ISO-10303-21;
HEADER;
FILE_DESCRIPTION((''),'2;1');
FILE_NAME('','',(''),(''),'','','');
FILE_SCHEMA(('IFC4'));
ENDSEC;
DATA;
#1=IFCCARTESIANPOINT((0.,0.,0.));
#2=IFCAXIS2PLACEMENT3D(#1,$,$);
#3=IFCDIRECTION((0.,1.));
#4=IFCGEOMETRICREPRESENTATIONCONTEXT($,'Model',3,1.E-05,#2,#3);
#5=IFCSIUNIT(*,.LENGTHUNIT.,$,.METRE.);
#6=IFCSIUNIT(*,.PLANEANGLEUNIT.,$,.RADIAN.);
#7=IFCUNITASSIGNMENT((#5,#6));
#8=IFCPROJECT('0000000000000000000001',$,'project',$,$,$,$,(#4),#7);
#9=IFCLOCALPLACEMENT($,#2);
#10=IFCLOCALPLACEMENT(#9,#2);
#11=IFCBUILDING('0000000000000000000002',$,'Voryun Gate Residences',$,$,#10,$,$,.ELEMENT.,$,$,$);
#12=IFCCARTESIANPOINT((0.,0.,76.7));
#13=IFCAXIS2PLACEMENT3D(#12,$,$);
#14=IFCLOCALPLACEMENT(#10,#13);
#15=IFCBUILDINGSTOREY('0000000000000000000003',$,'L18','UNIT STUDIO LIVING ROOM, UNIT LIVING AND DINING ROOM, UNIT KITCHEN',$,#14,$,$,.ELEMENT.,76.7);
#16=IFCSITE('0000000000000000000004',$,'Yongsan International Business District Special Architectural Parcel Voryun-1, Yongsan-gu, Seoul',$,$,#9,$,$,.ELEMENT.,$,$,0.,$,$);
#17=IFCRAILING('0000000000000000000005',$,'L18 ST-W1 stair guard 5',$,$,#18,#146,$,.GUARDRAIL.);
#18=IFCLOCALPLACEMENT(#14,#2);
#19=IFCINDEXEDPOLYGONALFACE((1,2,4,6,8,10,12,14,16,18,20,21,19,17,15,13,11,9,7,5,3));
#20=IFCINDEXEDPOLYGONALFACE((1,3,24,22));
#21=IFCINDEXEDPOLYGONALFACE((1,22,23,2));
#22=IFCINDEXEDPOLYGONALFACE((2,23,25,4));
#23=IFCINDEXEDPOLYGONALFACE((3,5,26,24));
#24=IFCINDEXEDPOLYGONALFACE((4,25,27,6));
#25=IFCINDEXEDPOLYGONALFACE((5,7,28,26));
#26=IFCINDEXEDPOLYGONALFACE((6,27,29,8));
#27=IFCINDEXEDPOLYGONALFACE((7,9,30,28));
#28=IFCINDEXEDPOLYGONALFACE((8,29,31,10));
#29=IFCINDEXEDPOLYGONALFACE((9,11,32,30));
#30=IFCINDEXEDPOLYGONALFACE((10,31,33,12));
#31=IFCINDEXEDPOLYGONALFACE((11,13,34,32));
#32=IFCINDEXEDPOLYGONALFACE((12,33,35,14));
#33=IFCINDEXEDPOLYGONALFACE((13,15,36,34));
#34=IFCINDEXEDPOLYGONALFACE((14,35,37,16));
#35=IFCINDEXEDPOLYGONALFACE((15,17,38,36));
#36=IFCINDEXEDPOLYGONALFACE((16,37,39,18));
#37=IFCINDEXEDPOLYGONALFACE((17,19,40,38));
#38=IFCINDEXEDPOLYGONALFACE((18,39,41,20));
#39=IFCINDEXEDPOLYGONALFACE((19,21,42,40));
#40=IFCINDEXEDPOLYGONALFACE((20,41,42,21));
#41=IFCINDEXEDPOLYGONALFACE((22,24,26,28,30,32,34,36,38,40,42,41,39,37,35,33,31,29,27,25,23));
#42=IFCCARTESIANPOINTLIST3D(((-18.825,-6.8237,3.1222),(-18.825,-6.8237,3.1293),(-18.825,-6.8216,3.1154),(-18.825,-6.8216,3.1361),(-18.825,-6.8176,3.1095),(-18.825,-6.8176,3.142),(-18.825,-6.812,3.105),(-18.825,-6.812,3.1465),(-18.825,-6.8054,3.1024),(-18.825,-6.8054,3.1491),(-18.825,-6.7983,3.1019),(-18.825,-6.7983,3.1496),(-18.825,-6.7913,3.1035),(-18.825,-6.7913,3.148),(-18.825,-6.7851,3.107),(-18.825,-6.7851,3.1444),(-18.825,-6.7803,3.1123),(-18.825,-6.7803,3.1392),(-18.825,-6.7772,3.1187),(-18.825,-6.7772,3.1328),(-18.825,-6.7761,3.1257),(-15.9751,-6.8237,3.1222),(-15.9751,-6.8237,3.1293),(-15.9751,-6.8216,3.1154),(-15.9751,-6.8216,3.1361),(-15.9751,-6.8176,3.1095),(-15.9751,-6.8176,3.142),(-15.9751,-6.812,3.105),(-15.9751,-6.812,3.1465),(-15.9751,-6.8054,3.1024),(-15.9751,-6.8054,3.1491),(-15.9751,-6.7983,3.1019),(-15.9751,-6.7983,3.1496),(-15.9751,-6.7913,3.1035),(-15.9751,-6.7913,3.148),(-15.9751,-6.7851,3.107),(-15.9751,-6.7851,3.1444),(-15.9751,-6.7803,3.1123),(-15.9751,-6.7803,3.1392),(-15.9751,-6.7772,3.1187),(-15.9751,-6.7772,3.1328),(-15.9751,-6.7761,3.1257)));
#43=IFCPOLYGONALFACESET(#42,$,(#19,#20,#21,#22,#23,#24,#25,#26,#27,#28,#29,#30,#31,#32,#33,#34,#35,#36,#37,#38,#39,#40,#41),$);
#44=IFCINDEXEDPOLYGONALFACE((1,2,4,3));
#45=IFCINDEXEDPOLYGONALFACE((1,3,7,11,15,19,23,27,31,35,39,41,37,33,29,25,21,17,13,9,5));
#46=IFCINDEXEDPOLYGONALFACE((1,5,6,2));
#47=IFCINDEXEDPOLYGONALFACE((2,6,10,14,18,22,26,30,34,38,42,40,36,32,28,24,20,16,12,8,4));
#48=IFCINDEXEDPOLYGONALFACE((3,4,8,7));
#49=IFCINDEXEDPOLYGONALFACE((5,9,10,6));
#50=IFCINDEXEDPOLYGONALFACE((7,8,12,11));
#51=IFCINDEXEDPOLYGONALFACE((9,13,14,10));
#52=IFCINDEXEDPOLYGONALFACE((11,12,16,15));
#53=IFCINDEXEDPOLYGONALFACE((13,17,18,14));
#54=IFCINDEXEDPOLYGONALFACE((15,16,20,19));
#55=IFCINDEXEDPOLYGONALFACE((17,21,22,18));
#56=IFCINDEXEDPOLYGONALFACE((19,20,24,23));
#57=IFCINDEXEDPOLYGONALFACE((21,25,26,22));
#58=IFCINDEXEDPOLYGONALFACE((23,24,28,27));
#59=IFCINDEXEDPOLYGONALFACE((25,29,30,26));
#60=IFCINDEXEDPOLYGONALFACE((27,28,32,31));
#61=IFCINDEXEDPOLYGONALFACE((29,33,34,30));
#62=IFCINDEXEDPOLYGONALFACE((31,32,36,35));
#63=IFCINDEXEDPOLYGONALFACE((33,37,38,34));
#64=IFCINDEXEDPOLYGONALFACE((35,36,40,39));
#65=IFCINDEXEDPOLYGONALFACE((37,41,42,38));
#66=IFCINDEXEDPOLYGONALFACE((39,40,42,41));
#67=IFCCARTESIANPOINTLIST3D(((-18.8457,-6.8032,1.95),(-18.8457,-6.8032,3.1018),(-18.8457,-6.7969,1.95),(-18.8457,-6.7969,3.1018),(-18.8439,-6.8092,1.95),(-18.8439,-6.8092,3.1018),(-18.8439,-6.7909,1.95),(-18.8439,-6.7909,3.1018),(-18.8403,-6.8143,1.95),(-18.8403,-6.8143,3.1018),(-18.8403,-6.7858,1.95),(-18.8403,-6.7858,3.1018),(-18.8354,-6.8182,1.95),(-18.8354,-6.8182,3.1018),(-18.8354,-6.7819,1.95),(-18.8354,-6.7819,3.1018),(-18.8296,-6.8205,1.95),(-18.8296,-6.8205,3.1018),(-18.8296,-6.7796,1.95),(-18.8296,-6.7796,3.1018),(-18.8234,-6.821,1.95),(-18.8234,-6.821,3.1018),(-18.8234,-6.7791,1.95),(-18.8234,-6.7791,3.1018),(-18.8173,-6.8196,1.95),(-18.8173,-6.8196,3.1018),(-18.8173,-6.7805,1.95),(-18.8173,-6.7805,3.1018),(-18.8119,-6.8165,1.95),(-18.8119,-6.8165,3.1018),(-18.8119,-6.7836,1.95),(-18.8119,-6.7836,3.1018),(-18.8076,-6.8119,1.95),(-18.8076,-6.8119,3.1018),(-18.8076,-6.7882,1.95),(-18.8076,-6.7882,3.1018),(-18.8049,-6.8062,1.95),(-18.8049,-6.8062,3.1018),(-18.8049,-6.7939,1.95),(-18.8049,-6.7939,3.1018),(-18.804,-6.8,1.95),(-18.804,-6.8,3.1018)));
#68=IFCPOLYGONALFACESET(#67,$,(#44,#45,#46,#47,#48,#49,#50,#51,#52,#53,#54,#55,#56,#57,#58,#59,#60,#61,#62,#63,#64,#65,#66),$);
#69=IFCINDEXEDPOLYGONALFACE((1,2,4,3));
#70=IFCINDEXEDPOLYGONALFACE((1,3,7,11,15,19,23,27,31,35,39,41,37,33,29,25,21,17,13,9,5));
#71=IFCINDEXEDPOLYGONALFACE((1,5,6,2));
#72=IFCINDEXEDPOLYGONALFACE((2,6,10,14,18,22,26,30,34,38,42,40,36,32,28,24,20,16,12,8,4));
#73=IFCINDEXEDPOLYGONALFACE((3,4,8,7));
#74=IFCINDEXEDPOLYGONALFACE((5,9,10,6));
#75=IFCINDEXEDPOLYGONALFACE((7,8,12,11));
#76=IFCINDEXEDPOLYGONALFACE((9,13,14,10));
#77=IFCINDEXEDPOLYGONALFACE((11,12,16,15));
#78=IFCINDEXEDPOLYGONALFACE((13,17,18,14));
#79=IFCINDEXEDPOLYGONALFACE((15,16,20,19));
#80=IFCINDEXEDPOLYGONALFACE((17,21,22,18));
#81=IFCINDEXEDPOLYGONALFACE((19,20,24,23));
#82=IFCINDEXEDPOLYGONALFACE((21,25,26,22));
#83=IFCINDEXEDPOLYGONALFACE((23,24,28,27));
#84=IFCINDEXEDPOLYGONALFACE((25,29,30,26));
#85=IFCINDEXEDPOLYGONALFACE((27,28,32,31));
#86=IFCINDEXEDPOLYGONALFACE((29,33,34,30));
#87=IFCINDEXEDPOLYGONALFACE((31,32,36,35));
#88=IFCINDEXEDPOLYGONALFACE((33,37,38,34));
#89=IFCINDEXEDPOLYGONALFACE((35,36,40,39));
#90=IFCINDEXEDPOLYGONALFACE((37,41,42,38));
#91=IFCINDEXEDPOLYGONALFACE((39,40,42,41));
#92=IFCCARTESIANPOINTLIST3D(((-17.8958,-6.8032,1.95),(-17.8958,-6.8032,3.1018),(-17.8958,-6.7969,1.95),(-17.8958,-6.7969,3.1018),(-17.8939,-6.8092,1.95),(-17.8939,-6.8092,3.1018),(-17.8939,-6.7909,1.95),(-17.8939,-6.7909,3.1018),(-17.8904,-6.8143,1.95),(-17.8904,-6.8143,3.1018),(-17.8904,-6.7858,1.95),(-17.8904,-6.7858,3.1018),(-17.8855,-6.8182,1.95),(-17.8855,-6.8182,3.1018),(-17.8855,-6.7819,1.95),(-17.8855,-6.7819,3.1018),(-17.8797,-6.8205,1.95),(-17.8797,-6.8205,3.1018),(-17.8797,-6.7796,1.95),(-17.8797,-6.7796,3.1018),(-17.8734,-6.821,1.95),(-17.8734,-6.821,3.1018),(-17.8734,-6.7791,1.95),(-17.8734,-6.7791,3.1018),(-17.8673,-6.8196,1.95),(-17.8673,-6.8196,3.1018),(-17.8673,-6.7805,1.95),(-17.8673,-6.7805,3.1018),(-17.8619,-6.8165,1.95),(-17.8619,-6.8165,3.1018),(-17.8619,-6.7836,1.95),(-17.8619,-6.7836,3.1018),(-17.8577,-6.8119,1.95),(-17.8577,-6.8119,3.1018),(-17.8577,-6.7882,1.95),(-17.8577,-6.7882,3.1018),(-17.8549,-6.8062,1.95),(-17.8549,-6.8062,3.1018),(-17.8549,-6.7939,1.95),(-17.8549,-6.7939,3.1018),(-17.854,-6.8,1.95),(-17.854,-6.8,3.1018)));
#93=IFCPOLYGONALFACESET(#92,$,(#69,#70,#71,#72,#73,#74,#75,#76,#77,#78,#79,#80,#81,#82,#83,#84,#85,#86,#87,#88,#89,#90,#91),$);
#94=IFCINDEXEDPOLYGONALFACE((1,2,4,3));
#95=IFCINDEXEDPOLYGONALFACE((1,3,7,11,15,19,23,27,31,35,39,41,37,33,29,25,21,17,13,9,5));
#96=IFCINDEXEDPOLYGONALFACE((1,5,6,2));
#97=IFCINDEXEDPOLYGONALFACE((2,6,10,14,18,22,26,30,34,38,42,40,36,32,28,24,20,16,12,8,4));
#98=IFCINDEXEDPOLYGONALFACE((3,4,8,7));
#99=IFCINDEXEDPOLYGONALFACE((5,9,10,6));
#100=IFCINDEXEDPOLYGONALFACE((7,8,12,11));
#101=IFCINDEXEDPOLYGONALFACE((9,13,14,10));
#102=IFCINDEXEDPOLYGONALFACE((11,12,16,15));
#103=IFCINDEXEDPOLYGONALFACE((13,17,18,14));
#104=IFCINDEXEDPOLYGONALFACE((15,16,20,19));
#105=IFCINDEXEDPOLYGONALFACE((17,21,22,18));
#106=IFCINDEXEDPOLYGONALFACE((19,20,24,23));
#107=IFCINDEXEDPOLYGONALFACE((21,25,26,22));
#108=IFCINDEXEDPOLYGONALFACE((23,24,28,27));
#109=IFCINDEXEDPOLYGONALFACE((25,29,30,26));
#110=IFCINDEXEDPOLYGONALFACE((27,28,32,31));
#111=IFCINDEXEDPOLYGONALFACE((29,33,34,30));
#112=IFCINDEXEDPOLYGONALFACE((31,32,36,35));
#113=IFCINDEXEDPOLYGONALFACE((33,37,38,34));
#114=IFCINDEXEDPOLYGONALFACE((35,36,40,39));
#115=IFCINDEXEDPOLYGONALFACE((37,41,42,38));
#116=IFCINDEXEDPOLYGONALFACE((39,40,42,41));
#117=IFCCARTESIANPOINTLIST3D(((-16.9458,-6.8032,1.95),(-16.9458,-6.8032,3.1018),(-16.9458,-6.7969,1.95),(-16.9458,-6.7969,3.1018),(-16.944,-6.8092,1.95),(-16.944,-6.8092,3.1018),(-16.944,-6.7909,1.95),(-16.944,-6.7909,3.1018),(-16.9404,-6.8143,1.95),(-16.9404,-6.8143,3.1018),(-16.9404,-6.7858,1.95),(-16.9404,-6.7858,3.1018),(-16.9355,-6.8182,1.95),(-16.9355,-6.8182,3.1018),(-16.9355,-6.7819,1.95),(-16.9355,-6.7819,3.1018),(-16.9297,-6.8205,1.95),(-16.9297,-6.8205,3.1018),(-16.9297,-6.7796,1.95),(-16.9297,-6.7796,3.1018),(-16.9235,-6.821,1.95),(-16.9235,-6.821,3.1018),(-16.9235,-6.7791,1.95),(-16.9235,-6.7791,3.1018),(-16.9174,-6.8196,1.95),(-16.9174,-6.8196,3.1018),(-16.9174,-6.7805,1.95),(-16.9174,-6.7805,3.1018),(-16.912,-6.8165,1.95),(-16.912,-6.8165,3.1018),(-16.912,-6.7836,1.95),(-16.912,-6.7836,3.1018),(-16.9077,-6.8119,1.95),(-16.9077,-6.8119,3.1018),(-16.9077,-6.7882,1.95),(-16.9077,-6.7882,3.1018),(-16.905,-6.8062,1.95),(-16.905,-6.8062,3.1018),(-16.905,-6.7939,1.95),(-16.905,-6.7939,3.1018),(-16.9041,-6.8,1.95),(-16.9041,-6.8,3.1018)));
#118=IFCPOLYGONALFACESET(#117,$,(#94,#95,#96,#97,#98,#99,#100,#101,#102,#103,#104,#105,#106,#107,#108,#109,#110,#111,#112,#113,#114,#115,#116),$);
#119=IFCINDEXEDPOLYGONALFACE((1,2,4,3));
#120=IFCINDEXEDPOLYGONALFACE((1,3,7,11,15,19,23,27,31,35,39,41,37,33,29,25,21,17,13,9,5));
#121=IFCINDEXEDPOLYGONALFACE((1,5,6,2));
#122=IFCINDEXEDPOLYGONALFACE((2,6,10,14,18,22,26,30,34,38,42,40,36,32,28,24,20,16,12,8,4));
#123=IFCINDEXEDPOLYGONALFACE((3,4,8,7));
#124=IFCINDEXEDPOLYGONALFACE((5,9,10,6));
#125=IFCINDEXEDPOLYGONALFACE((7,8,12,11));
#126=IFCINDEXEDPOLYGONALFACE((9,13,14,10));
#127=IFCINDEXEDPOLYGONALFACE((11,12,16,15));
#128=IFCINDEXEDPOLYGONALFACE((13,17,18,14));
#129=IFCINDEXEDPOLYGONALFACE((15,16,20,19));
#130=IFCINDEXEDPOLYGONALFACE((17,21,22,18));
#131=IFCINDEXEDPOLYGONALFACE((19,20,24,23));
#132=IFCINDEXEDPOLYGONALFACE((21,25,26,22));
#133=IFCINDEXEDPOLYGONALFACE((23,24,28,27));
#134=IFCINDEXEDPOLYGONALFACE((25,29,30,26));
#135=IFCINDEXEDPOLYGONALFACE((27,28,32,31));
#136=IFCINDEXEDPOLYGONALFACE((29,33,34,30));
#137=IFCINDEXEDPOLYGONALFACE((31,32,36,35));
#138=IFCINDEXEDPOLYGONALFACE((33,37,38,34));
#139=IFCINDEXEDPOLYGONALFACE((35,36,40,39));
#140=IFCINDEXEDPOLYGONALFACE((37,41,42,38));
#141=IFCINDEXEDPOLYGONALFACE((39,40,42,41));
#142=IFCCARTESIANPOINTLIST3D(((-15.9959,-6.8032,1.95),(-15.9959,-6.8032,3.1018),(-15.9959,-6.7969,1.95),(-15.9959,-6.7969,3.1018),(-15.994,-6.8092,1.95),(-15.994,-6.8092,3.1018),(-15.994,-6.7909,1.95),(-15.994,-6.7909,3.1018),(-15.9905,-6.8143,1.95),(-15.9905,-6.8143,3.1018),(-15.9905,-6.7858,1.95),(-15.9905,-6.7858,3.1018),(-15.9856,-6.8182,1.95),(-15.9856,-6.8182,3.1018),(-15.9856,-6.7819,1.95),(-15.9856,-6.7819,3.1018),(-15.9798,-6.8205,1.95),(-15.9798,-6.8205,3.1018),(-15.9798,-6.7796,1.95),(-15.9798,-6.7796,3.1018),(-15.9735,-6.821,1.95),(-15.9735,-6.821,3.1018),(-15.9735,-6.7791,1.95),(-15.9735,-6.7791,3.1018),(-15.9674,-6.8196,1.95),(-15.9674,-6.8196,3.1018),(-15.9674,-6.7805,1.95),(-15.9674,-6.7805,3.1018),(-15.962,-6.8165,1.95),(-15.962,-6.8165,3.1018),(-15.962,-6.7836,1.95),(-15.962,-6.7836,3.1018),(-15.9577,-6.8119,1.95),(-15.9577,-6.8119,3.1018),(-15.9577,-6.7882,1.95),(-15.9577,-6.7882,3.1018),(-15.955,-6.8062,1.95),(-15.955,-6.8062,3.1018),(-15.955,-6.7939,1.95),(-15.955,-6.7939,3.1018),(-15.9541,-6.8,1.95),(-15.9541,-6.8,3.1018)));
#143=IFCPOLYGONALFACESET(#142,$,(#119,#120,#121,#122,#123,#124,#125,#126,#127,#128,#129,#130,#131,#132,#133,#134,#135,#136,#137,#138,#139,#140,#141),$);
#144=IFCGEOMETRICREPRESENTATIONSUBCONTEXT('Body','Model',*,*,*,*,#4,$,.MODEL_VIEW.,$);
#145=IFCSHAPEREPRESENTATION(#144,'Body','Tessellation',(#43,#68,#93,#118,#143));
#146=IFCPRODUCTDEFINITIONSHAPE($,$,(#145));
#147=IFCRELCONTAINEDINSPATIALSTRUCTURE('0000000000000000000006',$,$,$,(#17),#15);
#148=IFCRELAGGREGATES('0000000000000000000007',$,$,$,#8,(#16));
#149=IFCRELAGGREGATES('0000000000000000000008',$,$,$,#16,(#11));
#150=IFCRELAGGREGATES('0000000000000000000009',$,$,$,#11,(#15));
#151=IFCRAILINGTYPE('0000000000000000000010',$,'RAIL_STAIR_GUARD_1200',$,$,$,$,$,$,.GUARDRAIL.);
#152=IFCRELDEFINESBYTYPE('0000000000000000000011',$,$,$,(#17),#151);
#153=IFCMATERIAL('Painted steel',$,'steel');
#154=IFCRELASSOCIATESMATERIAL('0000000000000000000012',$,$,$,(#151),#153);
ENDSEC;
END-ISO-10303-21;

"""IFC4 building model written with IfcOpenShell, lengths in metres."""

from ifc_helpers import new_model, si_unit, direction, frame, origin, origin_2d, place, context, subcontext, project, spatial, circle, extrude, material, type_object, element, save


model = new_model("IFC4")

# Units and contexts
model_context = context("Model", 3, precision=1e-05, world=origin(), true_north=direction((0.0, 1.0)))
body_context = subcontext(model_context, "Body", "Model", "MODEL_VIEW")
ifc_project = project(units=[si_unit("LENGTHUNIT", "METRE"), si_unit("PLANEANGLEUNIT", "RADIAN")], contexts=[model_context])

# Site, building, storey
site_placement = place(None, origin())
site = spatial("IfcSite", under=ifc_project, at=site_placement, Name="Yongsan International Business District Special Architectural Parcel Voryun-1, Yongsan-gu, Seoul", CompositionType="ELEMENT", RefElevation=0.0)
building_placement = place(site_placement, origin())
building = spatial("IfcBuilding", under=site, at=building_placement, Name="Voryun Gate Residences", CompositionType="ELEMENT")
storey_placement = place(building_placement, frame((0.0, 0.0, 76.7)))
storey = spatial("IfcBuildingStorey", under=building, at=storey_placement, Name="L18", Description="UNIT STUDIO LIVING ROOM, UNIT LIVING AND DINING ROOM, UNIT KITCHEN", CompositionType="ELEMENT", Elevation=76.7)

# Railing
ifc_material_1 = material(Name="Painted steel", Category="steel")
railing_type_1 = type_object("IfcRailingType", Name="RAIL_STAIR_GUARD_1200", PredefinedType="GUARDRAIL", material=ifc_material_1)
railing_1_placement = place(storey_placement, frame((-18.825, -6.8, 1.95)))
element("IfcRailing", 1, at=railing_1_placement, inside=storey, type_object=railing_type_1, Name="L18 ST-W1 stair guard 5", PredefinedType="GUARDRAIL", context=body_context, shape_type="SweptSolid", body=[
    extrude(circle(Radius=0.0239, at=origin_2d()), frame((0.0, 0.0, 1.1758), z_axis=(1.0, 0.0, 0.0), x_axis=(0.0, 1.0, 0.0)), (0.0, 0.0, 1.0), 2.8499),
    extrude(circle(Radius=0.021, at=origin_2d()), origin(), (0.0, 0.0, 1.0), 1.1519),
    extrude(circle(Radius=0.021, at=origin_2d()), frame((0.95, 0.0, 0.0)), (0.0, 0.0, 1.0), 1.1519),
    extrude(circle(Radius=0.021, at=origin_2d()), frame((1.8999, 0.0, 0.0)), (0.0, 0.0, 1.0), 1.1519),
    extrude(circle(Radius=0.021, at=origin_2d()), frame((2.8499, 0.0, 0.0)), (0.0, 0.0, 1.0), 1.1519),
])

save(model, "model.ifc")
